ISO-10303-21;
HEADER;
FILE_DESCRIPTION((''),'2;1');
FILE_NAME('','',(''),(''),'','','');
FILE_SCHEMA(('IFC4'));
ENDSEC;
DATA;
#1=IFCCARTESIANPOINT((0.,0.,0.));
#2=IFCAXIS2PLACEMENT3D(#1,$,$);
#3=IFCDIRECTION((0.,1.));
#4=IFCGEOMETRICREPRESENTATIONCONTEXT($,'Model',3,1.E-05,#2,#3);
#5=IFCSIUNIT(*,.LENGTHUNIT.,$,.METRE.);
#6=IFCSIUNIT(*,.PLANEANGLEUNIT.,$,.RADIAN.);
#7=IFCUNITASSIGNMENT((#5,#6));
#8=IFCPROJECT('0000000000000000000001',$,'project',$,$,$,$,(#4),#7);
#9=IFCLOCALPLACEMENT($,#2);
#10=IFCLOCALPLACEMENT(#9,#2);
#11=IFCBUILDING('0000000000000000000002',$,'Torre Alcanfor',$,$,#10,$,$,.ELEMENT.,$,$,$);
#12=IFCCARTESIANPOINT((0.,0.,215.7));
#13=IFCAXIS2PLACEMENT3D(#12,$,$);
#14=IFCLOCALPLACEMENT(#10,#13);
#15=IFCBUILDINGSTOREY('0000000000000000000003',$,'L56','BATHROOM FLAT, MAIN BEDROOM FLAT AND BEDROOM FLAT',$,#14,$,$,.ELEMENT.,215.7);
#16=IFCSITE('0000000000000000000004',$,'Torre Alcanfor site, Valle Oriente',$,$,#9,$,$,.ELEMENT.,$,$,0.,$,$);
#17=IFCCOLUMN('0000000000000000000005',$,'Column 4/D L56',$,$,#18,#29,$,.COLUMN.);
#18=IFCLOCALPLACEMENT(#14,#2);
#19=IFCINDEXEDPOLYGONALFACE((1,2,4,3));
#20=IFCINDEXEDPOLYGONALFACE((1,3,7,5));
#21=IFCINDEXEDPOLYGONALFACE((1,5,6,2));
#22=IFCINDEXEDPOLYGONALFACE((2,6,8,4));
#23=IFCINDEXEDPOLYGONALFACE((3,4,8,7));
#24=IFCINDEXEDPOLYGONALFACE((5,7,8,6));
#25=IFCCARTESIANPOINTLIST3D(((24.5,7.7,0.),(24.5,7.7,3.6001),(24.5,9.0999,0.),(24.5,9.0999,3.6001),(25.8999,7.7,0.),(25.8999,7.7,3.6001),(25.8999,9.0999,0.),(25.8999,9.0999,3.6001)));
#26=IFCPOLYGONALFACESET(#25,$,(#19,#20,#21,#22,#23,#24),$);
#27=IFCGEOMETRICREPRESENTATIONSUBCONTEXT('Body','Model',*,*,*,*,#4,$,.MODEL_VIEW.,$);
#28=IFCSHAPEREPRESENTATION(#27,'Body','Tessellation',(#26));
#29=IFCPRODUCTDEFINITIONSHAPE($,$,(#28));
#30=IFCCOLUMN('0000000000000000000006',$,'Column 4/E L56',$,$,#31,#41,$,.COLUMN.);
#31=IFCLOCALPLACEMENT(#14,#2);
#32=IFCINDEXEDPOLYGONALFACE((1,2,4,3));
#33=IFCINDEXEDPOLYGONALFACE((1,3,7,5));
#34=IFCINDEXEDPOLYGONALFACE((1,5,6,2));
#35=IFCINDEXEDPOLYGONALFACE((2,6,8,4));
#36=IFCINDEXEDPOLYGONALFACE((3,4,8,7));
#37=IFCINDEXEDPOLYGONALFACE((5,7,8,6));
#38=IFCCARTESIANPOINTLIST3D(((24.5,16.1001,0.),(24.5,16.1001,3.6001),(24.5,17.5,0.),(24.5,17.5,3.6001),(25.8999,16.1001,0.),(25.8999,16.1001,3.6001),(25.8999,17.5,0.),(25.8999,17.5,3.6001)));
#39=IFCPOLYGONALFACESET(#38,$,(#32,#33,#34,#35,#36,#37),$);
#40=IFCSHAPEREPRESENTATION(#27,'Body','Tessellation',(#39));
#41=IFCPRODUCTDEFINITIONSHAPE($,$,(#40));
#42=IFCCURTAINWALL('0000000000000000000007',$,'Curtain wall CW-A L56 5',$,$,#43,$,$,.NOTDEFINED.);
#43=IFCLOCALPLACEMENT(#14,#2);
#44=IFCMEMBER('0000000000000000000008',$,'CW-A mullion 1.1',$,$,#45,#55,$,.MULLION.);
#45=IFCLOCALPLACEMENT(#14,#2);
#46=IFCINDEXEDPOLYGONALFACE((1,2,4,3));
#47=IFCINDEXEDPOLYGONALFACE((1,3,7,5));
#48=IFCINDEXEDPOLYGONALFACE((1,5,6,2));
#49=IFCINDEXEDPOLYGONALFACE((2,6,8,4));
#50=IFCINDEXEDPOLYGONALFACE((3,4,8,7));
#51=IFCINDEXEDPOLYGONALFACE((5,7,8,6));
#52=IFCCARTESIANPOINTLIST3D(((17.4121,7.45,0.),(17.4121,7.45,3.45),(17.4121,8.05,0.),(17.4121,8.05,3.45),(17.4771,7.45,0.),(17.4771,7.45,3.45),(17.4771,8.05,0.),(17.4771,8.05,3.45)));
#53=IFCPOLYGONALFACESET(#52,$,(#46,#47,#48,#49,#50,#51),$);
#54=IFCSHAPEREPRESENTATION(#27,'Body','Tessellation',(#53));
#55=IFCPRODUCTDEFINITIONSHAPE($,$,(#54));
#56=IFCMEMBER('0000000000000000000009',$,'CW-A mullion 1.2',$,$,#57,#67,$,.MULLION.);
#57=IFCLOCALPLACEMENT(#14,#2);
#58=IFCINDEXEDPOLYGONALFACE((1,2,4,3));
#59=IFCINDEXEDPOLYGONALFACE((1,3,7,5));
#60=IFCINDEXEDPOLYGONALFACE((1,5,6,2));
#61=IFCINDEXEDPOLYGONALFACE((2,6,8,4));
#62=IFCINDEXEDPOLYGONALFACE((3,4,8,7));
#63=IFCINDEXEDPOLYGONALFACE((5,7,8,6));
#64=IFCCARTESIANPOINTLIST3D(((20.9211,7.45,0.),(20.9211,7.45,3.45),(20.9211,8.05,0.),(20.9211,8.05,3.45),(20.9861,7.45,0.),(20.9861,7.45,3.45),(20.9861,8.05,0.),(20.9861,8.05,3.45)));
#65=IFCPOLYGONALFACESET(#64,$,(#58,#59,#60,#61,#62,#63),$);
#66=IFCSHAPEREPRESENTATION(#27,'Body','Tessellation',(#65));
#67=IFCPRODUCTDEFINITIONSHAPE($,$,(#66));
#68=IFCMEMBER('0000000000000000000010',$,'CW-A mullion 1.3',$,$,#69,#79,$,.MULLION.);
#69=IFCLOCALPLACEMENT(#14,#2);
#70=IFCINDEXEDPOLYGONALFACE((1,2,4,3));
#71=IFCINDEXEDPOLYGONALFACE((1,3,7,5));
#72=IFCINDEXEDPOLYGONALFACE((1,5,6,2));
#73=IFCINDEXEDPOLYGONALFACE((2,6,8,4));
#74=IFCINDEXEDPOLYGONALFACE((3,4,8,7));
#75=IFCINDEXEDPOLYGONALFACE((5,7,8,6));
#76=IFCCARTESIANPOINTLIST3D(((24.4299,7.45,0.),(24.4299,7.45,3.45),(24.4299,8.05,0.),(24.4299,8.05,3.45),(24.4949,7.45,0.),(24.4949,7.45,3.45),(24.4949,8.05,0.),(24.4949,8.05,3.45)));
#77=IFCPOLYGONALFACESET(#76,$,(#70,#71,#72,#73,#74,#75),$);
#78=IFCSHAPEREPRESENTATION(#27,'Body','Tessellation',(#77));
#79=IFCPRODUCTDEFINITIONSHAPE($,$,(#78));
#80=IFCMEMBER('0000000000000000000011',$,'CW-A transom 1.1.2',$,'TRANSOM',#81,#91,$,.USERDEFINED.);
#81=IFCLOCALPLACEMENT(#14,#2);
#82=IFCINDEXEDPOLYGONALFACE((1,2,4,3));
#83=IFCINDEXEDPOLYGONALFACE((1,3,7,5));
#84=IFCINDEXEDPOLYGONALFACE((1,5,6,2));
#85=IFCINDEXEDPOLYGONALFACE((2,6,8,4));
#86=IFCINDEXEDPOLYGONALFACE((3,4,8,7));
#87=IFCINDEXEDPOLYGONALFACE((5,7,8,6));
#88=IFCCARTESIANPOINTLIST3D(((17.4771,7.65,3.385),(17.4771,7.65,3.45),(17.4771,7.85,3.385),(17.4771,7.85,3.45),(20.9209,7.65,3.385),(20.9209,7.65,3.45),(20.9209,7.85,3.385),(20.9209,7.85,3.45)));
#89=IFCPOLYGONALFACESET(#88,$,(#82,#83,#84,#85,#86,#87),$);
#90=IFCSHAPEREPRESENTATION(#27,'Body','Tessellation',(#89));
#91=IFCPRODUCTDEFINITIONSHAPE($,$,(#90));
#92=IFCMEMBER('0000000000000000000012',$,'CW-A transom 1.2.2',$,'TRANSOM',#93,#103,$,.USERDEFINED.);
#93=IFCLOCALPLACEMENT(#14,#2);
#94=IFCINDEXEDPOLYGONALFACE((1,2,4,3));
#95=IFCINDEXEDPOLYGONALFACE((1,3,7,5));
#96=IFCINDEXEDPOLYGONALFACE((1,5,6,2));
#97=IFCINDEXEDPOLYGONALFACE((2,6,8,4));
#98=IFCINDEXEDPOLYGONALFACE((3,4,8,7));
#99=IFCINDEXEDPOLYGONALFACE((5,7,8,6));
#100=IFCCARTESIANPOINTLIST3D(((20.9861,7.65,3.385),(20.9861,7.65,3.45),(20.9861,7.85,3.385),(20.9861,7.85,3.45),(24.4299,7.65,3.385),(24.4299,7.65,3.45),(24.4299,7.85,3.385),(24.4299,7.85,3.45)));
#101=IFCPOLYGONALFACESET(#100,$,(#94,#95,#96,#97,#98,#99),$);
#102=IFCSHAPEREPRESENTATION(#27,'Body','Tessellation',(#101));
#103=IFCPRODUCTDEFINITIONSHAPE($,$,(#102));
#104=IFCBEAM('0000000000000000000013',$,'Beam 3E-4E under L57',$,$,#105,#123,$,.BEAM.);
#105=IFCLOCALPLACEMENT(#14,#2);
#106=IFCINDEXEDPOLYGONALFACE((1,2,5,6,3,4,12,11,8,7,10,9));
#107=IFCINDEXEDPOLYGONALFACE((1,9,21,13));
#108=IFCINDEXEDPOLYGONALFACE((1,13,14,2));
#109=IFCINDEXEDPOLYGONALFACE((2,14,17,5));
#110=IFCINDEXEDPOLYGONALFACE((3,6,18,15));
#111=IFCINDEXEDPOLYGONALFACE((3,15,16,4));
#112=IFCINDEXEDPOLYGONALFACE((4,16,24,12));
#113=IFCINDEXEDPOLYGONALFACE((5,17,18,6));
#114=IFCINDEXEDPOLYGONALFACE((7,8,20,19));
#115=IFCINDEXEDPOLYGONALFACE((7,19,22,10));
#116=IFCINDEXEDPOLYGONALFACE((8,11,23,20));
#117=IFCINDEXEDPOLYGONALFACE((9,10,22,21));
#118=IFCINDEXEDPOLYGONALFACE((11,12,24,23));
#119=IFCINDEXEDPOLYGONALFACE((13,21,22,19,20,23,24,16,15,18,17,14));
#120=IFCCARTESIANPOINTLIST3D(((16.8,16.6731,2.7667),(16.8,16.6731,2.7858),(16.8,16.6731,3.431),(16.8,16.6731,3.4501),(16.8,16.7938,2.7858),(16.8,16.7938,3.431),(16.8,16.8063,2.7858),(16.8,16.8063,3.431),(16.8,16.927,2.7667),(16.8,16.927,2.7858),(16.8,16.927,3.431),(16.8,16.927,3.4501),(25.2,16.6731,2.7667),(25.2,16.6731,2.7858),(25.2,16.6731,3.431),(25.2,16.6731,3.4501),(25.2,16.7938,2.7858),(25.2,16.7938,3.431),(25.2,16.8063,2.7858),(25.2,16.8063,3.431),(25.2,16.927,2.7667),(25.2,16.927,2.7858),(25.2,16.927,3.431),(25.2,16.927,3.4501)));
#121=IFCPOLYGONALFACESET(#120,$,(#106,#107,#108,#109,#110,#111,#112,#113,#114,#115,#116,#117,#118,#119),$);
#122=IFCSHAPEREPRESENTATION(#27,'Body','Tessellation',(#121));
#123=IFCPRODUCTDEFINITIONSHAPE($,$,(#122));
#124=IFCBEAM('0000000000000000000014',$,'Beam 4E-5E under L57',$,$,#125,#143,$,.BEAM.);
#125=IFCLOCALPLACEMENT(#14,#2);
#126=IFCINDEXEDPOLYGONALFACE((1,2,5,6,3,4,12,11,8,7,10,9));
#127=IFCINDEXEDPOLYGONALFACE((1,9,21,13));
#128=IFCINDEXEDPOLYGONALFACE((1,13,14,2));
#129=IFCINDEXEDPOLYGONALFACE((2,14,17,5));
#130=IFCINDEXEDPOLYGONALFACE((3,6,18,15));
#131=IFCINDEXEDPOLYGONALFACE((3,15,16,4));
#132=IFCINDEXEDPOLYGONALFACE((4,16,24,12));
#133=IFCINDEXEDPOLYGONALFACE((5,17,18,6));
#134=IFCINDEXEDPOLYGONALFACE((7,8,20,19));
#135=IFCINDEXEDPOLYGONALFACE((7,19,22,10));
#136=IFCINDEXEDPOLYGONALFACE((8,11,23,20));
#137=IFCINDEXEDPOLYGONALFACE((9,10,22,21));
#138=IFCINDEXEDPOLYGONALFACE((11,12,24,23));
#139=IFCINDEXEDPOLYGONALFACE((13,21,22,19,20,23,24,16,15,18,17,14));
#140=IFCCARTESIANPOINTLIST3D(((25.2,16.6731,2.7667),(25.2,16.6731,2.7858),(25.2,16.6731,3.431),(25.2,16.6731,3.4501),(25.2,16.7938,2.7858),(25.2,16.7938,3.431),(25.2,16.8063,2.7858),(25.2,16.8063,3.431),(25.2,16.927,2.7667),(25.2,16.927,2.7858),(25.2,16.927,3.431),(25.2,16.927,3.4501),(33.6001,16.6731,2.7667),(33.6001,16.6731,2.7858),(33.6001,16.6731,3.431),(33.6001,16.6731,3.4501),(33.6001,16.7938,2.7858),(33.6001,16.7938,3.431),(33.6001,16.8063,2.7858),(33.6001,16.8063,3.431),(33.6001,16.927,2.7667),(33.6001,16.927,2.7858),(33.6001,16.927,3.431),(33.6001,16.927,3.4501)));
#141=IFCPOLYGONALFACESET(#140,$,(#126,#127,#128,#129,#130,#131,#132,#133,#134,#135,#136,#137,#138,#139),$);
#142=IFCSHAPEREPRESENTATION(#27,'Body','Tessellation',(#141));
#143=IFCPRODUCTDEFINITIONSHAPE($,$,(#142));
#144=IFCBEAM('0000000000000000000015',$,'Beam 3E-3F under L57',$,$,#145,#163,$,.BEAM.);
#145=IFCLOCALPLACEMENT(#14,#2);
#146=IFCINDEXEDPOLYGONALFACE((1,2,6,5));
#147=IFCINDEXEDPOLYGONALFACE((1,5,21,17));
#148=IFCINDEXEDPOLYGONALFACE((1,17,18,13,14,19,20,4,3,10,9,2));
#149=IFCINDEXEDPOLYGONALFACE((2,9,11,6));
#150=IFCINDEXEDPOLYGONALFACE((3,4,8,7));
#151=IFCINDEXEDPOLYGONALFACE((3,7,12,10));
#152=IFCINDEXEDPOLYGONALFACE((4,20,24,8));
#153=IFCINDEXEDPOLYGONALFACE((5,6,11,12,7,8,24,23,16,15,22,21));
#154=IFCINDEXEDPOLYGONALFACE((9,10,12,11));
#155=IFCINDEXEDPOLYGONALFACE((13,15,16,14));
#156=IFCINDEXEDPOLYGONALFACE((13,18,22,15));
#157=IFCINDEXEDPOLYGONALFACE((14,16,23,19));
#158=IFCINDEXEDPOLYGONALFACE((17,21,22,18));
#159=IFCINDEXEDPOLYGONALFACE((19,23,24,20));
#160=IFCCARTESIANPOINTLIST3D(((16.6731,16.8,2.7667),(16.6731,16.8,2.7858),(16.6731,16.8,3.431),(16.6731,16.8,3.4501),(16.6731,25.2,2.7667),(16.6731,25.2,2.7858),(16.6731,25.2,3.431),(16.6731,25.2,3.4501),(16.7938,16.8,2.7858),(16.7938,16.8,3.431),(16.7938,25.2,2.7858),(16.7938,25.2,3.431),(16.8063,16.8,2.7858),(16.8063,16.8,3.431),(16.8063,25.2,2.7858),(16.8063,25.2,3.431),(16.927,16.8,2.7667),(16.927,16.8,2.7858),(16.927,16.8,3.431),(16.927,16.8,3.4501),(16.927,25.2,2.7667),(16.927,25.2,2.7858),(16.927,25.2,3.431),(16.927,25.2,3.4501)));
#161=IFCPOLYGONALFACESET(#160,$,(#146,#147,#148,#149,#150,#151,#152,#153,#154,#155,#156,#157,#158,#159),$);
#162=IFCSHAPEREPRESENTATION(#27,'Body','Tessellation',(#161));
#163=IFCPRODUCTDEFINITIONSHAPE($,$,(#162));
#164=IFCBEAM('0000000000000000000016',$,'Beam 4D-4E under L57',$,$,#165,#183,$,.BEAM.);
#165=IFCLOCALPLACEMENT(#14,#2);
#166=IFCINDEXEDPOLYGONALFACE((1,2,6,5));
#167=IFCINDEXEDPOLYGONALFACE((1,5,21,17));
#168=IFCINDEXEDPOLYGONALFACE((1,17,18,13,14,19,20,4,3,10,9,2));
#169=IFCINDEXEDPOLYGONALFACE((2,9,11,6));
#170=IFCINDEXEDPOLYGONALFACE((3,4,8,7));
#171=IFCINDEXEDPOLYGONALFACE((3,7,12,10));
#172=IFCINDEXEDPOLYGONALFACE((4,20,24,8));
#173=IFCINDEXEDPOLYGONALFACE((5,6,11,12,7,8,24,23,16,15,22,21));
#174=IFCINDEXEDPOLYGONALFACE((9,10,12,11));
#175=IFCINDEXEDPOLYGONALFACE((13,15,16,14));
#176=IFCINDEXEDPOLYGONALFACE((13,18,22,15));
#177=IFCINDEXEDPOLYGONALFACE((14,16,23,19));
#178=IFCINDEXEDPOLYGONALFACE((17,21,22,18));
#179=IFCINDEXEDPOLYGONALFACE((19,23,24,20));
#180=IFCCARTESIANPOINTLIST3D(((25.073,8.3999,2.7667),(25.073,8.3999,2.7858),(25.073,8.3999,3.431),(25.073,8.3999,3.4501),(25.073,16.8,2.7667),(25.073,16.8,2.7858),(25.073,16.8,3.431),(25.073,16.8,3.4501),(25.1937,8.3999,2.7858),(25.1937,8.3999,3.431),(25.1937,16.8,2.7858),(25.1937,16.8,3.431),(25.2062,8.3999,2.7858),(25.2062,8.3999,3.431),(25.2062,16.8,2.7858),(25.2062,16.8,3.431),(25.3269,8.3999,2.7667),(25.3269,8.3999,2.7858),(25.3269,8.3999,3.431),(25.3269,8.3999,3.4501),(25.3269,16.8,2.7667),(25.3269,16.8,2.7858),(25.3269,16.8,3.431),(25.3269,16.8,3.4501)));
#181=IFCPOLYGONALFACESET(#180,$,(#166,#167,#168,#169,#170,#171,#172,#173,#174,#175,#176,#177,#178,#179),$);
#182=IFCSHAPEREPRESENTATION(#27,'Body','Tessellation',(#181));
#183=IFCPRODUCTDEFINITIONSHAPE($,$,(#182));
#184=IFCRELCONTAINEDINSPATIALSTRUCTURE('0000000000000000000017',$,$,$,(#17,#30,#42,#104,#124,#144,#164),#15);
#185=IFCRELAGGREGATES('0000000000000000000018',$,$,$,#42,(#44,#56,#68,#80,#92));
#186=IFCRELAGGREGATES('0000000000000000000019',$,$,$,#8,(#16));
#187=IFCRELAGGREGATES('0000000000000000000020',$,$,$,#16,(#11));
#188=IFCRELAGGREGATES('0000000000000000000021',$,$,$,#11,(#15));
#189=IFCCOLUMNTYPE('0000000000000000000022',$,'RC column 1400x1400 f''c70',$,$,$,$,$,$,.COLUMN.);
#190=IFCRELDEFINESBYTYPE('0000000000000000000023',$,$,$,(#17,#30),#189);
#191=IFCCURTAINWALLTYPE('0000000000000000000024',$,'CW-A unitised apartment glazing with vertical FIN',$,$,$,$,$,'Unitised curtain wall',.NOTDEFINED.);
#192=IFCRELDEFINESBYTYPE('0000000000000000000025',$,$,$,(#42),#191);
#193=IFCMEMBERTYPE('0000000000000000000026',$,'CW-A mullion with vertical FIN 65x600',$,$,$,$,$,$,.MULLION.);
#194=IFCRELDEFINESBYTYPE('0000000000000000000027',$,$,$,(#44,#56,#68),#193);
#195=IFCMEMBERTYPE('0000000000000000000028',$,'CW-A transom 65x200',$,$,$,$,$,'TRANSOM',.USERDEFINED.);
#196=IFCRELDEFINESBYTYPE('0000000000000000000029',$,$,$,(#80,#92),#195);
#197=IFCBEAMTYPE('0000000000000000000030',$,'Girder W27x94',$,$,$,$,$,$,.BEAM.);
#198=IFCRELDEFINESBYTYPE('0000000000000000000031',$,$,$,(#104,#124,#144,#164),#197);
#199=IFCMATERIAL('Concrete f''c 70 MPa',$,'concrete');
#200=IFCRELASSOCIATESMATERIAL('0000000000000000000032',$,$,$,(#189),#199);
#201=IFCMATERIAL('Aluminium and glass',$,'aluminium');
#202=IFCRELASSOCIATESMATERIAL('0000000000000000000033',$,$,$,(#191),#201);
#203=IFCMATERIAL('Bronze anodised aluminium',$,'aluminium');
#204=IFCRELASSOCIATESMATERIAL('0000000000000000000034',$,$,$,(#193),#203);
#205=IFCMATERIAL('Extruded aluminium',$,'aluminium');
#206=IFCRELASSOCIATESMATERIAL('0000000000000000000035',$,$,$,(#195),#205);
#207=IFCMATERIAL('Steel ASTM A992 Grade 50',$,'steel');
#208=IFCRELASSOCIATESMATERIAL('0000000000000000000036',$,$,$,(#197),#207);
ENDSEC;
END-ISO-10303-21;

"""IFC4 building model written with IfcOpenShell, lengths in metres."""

from ifc_helpers import new_model, si_unit, direction, frame, origin, origin_2d, place, context, subcontext, project, spatial, rectangle, i_section, extrude, material, material_profile, profile_set, type_object, element, aggregate, save


model = new_model("IFC4")

# Units and contexts
model_context = context("Model", 3, precision=1e-05, world=origin(), true_north=direction((0.0, 1.0)))
body_context = subcontext(model_context, "Body", "Model", "MODEL_VIEW")
ifc_project = project(units=[si_unit("LENGTHUNIT", "METRE"), si_unit("PLANEANGLEUNIT", "RADIAN")], contexts=[model_context])

# Site, building, storey
site_placement = place(None, origin())
site = spatial("IfcSite", under=ifc_project, at=site_placement, Name="Torre Alcanfor site, Valle Oriente", CompositionType="ELEMENT", RefElevation=0.0)
building_placement = place(site_placement, origin())
building = spatial("IfcBuilding", under=site, at=building_placement, Name="Torre Alcanfor", CompositionType="ELEMENT")
storey_placement = place(building_placement, frame((0.0, 0.0, 215.7)))
storey = spatial("IfcBuildingStorey", under=building, at=storey_placement, Name="L56", Description="BATHROOM FLAT, MAIN BEDROOM FLAT AND BEDROOM FLAT", CompositionType="ELEMENT", Elevation=215.7)

# Columns
ifc_material_1 = material(Name="Concrete f'c 70 MPa", Category="concrete")
ifc_material_profile_1 = material_profile(ifc_material_1, rectangle(XDim=1.3999, YDim=1.3999, at=origin_2d()), Name="1400x1400")
ifc_profile_set_1 = profile_set([ifc_material_profile_1], Name="Concrete f'c 70 MPa")
column_type = type_object("IfcColumnType", Name="RC column 1400x1400 f'c70", PredefinedType="COLUMN", material=ifc_profile_set_1)
for number, where, z_axis, x_axis, name in (
    (1, (25.2, 8.3999, 0.0), (0.0, 0.0, 1.0), (1.0, 0.0, 0.0), "Column 4/D L56"),
    (2, (25.2, 16.8, 0.0), (0.0, 0.0, 1.0), (1.0, 0.0, 0.0), "Column 4/E L56"),
):
    element("IfcColumn", number, at=place(storey_placement, frame(where, z_axis=z_axis, x_axis=x_axis)), inside=storey, type_object=column_type, Name=name, PredefinedType="COLUMN", context=body_context, shape_type="SweptSolid", body=[
        extrude(rectangle(XDim=1.3999, YDim=1.3999, at=origin_2d()), origin(), (0.0, 0.0, 1.0), 3.6001),
    ])

# Curtain wall, members
ifc_material_2 = material(Name="Aluminium and glass", Category="aluminium")
curtain_wall_type = type_object("IfcCurtainWallType", Name="CW-A unitised apartment glazing with vertical FIN", ElementType="Unitised curtain wall", PredefinedType="NOTDEFINED", material=ifc_material_2)
curtain_wall_placement = place(storey_placement, origin())
curtain_wall = element("IfcCurtainWall", 3, at=curtain_wall_placement, inside=storey, type_object=curtain_wall_type, Name="Curtain wall CW-A L56 5", PredefinedType="NOTDEFINED")
ifc_material_3 = material(Name="Bronze anodised aluminium", Category="aluminium")
ifc_material_profile_2 = material_profile(ifc_material_3, rectangle(XDim=0.6001, YDim=0.0649, at=origin_2d()), Name="CW-A mullion 65x600")
ifc_profile_set_2 = profile_set([ifc_material_profile_2], Name="Bronze anodised aluminium")
member_type_1 = type_object("IfcMemberType", Name="CW-A mullion with vertical FIN 65x600", PredefinedType="MULLION", material=ifc_profile_set_2)
member_1_placement = place(storey_placement, frame((17.4446, 7.75, 0.0), z_axis=(0.0, 0.0, 1.0), x_axis=(0.0, 1.0, 0.0)))
member_1 = element("IfcMember", 4, at=member_1_placement, type_object=member_type_1, Name="CW-A mullion 1.1", PredefinedType="MULLION", context=body_context, shape_type="SweptSolid", body=[
    extrude(rectangle(XDim=0.6001, YDim=0.0649, at=origin_2d()), origin(), (0.0, 0.0, 1.0), 3.45),
])
member_2_placement = place(storey_placement, frame((20.9536, 7.75, 0.0), z_axis=(0.0, 0.0, 1.0), x_axis=(0.0, 1.0, 0.0)))
member_2 = element("IfcMember", 5, at=member_2_placement, type_object=member_type_1, Name="CW-A mullion 1.2", PredefinedType="MULLION", context=body_context, shape_type="SweptSolid", body=[
    extrude(rectangle(XDim=0.6001, YDim=0.0649, at=origin_2d()), origin(), (0.0, 0.0, 1.0), 3.45),
])
member_3_placement = place(storey_placement, frame((24.4624, 7.75, 0.0), z_axis=(0.0, 0.0, 1.0), x_axis=(0.0, 1.0, 0.0)))
member_3 = element("IfcMember", 6, at=member_3_placement, type_object=member_type_1, Name="CW-A mullion 1.3", PredefinedType="MULLION", context=body_context, shape_type="SweptSolid", body=[
    extrude(rectangle(XDim=0.6001, YDim=0.0649, at=origin_2d()), origin(), (0.0, 0.0, 1.0), 3.45),
])
ifc_material_4 = material(Name="Extruded aluminium", Category="aluminium")
ifc_material_profile_3 = material_profile(ifc_material_4, rectangle(XDim=0.2, YDim=0.0649, at=origin_2d()), Name="CW-A transom 200x65")
ifc_profile_set_3 = profile_set([ifc_material_profile_3], Name="Extruded aluminium")
member_type_2 = type_object("IfcMemberType", Name="CW-A transom 65x200", ElementType="TRANSOM", PredefinedType="USERDEFINED", material=ifc_profile_set_3)
member_4_placement = place(storey_placement, frame((17.4771, 7.75, 3.4175), z_axis=(1.0, 0.0, 0.0), x_axis=(0.0, 1.0, 0.0)))
member_4 = element("IfcMember", 7, at=member_4_placement, type_object=member_type_2, Name="CW-A transom 1.1.2", ObjectType="TRANSOM", PredefinedType="USERDEFINED", context=body_context, shape_type="SweptSolid", body=[
    extrude(rectangle(XDim=0.2, YDim=0.0649, at=origin_2d()), origin(), (0.0, 0.0, 1.0), 3.4438),
])
member_5_placement = place(storey_placement, frame((20.9861, 7.75, 3.4175), z_axis=(1.0, 0.0, 0.0), x_axis=(0.0, 1.0, 0.0)))
member_5 = element("IfcMember", 8, at=member_5_placement, type_object=member_type_2, Name="CW-A transom 1.2.2", ObjectType="TRANSOM", PredefinedType="USERDEFINED", context=body_context, shape_type="SweptSolid", body=[
    extrude(rectangle(XDim=0.2, YDim=0.0649, at=origin_2d()), origin(), (0.0, 0.0, 1.0), 3.4438),
])

# Beams
ifc_material_5 = material(Name="Steel ASTM A992 Grade 50", Category="steel")
ifc_material_profile_4 = material_profile(ifc_material_5, i_section(OverallWidth=0.2539, OverallDepth=0.6833, WebThickness=0.0125, FlangeThickness=0.019, at=origin_2d()), Name="W27x94")
ifc_profile_set_4 = profile_set([ifc_material_profile_4], Name="Steel ASTM A992 Grade 50")
beam_type_1 = type_object("IfcBeamType", Name="Girder W27x94", PredefinedType="BEAM", material=ifc_profile_set_4)
beam_1_placement = place(storey_placement, frame((16.8, 16.8, 3.1084), z_axis=(1.0, 0.0, 0.0), x_axis=(0.0, 1.0, 0.0)))
element("IfcBeam", 9, at=beam_1_placement, inside=storey, type_object=beam_type_1, Name="Beam 3E-4E under L57", PredefinedType="BEAM", context=body_context, shape_type="SweptSolid", body=[
    extrude(i_section(OverallWidth=0.2539, OverallDepth=0.6833, WebThickness=0.0125, FlangeThickness=0.019, at=origin_2d()), origin(), (0.0, 0.0, 1.0), 8.3999),
])
beam_2_placement = place(storey_placement, frame((25.2, 16.8, 3.1084), z_axis=(1.0, 0.0, 0.0), x_axis=(0.0, 1.0, 0.0)))
element("IfcBeam", 10, at=beam_2_placement, inside=storey, type_object=beam_type_1, Name="Beam 4E-5E under L57", PredefinedType="BEAM", context=body_context, shape_type="SweptSolid", body=[
    extrude(i_section(OverallWidth=0.2539, OverallDepth=0.6833, WebThickness=0.0125, FlangeThickness=0.019, at=origin_2d()), origin(), (0.0, 0.0, 1.0), 8.4001),
])
beam_3_placement = place(storey_placement, frame((16.8, 16.8, 3.1084), z_axis=(0.0, 1.0, 0.0), x_axis=(-1.0, 0.0, 0.0)))
element("IfcBeam", 11, at=beam_3_placement, inside=storey, type_object=beam_type_1, Name="Beam 3E-3F under L57", PredefinedType="BEAM", context=body_context, shape_type="SweptSolid", body=[
    extrude(i_section(OverallWidth=0.2539, OverallDepth=0.6833, WebThickness=0.0125, FlangeThickness=0.019, at=origin_2d()), origin(), (0.0, 0.0, 1.0), 8.3999),
])
beam_4_placement = place(storey_placement, frame((25.2, 8.3999, 3.1084), z_axis=(0.0, 1.0, 0.0), x_axis=(-1.0, 0.0, 0.0)))
element("IfcBeam", 12, at=beam_4_placement, inside=storey, type_object=beam_type_1, Name="Beam 4D-4E under L57", PredefinedType="BEAM", context=body_context, shape_type="SweptSolid", body=[
    extrude(i_section(OverallWidth=0.2539, OverallDepth=0.6833, WebThickness=0.0125, FlangeThickness=0.019, at=origin_2d()), origin(), (0.0, 0.0, 1.0), 8.4001),
])

aggregate(curtain_wall, [member_1, member_2, member_3, member_4, member_5])

save(model, "model.ifc")
